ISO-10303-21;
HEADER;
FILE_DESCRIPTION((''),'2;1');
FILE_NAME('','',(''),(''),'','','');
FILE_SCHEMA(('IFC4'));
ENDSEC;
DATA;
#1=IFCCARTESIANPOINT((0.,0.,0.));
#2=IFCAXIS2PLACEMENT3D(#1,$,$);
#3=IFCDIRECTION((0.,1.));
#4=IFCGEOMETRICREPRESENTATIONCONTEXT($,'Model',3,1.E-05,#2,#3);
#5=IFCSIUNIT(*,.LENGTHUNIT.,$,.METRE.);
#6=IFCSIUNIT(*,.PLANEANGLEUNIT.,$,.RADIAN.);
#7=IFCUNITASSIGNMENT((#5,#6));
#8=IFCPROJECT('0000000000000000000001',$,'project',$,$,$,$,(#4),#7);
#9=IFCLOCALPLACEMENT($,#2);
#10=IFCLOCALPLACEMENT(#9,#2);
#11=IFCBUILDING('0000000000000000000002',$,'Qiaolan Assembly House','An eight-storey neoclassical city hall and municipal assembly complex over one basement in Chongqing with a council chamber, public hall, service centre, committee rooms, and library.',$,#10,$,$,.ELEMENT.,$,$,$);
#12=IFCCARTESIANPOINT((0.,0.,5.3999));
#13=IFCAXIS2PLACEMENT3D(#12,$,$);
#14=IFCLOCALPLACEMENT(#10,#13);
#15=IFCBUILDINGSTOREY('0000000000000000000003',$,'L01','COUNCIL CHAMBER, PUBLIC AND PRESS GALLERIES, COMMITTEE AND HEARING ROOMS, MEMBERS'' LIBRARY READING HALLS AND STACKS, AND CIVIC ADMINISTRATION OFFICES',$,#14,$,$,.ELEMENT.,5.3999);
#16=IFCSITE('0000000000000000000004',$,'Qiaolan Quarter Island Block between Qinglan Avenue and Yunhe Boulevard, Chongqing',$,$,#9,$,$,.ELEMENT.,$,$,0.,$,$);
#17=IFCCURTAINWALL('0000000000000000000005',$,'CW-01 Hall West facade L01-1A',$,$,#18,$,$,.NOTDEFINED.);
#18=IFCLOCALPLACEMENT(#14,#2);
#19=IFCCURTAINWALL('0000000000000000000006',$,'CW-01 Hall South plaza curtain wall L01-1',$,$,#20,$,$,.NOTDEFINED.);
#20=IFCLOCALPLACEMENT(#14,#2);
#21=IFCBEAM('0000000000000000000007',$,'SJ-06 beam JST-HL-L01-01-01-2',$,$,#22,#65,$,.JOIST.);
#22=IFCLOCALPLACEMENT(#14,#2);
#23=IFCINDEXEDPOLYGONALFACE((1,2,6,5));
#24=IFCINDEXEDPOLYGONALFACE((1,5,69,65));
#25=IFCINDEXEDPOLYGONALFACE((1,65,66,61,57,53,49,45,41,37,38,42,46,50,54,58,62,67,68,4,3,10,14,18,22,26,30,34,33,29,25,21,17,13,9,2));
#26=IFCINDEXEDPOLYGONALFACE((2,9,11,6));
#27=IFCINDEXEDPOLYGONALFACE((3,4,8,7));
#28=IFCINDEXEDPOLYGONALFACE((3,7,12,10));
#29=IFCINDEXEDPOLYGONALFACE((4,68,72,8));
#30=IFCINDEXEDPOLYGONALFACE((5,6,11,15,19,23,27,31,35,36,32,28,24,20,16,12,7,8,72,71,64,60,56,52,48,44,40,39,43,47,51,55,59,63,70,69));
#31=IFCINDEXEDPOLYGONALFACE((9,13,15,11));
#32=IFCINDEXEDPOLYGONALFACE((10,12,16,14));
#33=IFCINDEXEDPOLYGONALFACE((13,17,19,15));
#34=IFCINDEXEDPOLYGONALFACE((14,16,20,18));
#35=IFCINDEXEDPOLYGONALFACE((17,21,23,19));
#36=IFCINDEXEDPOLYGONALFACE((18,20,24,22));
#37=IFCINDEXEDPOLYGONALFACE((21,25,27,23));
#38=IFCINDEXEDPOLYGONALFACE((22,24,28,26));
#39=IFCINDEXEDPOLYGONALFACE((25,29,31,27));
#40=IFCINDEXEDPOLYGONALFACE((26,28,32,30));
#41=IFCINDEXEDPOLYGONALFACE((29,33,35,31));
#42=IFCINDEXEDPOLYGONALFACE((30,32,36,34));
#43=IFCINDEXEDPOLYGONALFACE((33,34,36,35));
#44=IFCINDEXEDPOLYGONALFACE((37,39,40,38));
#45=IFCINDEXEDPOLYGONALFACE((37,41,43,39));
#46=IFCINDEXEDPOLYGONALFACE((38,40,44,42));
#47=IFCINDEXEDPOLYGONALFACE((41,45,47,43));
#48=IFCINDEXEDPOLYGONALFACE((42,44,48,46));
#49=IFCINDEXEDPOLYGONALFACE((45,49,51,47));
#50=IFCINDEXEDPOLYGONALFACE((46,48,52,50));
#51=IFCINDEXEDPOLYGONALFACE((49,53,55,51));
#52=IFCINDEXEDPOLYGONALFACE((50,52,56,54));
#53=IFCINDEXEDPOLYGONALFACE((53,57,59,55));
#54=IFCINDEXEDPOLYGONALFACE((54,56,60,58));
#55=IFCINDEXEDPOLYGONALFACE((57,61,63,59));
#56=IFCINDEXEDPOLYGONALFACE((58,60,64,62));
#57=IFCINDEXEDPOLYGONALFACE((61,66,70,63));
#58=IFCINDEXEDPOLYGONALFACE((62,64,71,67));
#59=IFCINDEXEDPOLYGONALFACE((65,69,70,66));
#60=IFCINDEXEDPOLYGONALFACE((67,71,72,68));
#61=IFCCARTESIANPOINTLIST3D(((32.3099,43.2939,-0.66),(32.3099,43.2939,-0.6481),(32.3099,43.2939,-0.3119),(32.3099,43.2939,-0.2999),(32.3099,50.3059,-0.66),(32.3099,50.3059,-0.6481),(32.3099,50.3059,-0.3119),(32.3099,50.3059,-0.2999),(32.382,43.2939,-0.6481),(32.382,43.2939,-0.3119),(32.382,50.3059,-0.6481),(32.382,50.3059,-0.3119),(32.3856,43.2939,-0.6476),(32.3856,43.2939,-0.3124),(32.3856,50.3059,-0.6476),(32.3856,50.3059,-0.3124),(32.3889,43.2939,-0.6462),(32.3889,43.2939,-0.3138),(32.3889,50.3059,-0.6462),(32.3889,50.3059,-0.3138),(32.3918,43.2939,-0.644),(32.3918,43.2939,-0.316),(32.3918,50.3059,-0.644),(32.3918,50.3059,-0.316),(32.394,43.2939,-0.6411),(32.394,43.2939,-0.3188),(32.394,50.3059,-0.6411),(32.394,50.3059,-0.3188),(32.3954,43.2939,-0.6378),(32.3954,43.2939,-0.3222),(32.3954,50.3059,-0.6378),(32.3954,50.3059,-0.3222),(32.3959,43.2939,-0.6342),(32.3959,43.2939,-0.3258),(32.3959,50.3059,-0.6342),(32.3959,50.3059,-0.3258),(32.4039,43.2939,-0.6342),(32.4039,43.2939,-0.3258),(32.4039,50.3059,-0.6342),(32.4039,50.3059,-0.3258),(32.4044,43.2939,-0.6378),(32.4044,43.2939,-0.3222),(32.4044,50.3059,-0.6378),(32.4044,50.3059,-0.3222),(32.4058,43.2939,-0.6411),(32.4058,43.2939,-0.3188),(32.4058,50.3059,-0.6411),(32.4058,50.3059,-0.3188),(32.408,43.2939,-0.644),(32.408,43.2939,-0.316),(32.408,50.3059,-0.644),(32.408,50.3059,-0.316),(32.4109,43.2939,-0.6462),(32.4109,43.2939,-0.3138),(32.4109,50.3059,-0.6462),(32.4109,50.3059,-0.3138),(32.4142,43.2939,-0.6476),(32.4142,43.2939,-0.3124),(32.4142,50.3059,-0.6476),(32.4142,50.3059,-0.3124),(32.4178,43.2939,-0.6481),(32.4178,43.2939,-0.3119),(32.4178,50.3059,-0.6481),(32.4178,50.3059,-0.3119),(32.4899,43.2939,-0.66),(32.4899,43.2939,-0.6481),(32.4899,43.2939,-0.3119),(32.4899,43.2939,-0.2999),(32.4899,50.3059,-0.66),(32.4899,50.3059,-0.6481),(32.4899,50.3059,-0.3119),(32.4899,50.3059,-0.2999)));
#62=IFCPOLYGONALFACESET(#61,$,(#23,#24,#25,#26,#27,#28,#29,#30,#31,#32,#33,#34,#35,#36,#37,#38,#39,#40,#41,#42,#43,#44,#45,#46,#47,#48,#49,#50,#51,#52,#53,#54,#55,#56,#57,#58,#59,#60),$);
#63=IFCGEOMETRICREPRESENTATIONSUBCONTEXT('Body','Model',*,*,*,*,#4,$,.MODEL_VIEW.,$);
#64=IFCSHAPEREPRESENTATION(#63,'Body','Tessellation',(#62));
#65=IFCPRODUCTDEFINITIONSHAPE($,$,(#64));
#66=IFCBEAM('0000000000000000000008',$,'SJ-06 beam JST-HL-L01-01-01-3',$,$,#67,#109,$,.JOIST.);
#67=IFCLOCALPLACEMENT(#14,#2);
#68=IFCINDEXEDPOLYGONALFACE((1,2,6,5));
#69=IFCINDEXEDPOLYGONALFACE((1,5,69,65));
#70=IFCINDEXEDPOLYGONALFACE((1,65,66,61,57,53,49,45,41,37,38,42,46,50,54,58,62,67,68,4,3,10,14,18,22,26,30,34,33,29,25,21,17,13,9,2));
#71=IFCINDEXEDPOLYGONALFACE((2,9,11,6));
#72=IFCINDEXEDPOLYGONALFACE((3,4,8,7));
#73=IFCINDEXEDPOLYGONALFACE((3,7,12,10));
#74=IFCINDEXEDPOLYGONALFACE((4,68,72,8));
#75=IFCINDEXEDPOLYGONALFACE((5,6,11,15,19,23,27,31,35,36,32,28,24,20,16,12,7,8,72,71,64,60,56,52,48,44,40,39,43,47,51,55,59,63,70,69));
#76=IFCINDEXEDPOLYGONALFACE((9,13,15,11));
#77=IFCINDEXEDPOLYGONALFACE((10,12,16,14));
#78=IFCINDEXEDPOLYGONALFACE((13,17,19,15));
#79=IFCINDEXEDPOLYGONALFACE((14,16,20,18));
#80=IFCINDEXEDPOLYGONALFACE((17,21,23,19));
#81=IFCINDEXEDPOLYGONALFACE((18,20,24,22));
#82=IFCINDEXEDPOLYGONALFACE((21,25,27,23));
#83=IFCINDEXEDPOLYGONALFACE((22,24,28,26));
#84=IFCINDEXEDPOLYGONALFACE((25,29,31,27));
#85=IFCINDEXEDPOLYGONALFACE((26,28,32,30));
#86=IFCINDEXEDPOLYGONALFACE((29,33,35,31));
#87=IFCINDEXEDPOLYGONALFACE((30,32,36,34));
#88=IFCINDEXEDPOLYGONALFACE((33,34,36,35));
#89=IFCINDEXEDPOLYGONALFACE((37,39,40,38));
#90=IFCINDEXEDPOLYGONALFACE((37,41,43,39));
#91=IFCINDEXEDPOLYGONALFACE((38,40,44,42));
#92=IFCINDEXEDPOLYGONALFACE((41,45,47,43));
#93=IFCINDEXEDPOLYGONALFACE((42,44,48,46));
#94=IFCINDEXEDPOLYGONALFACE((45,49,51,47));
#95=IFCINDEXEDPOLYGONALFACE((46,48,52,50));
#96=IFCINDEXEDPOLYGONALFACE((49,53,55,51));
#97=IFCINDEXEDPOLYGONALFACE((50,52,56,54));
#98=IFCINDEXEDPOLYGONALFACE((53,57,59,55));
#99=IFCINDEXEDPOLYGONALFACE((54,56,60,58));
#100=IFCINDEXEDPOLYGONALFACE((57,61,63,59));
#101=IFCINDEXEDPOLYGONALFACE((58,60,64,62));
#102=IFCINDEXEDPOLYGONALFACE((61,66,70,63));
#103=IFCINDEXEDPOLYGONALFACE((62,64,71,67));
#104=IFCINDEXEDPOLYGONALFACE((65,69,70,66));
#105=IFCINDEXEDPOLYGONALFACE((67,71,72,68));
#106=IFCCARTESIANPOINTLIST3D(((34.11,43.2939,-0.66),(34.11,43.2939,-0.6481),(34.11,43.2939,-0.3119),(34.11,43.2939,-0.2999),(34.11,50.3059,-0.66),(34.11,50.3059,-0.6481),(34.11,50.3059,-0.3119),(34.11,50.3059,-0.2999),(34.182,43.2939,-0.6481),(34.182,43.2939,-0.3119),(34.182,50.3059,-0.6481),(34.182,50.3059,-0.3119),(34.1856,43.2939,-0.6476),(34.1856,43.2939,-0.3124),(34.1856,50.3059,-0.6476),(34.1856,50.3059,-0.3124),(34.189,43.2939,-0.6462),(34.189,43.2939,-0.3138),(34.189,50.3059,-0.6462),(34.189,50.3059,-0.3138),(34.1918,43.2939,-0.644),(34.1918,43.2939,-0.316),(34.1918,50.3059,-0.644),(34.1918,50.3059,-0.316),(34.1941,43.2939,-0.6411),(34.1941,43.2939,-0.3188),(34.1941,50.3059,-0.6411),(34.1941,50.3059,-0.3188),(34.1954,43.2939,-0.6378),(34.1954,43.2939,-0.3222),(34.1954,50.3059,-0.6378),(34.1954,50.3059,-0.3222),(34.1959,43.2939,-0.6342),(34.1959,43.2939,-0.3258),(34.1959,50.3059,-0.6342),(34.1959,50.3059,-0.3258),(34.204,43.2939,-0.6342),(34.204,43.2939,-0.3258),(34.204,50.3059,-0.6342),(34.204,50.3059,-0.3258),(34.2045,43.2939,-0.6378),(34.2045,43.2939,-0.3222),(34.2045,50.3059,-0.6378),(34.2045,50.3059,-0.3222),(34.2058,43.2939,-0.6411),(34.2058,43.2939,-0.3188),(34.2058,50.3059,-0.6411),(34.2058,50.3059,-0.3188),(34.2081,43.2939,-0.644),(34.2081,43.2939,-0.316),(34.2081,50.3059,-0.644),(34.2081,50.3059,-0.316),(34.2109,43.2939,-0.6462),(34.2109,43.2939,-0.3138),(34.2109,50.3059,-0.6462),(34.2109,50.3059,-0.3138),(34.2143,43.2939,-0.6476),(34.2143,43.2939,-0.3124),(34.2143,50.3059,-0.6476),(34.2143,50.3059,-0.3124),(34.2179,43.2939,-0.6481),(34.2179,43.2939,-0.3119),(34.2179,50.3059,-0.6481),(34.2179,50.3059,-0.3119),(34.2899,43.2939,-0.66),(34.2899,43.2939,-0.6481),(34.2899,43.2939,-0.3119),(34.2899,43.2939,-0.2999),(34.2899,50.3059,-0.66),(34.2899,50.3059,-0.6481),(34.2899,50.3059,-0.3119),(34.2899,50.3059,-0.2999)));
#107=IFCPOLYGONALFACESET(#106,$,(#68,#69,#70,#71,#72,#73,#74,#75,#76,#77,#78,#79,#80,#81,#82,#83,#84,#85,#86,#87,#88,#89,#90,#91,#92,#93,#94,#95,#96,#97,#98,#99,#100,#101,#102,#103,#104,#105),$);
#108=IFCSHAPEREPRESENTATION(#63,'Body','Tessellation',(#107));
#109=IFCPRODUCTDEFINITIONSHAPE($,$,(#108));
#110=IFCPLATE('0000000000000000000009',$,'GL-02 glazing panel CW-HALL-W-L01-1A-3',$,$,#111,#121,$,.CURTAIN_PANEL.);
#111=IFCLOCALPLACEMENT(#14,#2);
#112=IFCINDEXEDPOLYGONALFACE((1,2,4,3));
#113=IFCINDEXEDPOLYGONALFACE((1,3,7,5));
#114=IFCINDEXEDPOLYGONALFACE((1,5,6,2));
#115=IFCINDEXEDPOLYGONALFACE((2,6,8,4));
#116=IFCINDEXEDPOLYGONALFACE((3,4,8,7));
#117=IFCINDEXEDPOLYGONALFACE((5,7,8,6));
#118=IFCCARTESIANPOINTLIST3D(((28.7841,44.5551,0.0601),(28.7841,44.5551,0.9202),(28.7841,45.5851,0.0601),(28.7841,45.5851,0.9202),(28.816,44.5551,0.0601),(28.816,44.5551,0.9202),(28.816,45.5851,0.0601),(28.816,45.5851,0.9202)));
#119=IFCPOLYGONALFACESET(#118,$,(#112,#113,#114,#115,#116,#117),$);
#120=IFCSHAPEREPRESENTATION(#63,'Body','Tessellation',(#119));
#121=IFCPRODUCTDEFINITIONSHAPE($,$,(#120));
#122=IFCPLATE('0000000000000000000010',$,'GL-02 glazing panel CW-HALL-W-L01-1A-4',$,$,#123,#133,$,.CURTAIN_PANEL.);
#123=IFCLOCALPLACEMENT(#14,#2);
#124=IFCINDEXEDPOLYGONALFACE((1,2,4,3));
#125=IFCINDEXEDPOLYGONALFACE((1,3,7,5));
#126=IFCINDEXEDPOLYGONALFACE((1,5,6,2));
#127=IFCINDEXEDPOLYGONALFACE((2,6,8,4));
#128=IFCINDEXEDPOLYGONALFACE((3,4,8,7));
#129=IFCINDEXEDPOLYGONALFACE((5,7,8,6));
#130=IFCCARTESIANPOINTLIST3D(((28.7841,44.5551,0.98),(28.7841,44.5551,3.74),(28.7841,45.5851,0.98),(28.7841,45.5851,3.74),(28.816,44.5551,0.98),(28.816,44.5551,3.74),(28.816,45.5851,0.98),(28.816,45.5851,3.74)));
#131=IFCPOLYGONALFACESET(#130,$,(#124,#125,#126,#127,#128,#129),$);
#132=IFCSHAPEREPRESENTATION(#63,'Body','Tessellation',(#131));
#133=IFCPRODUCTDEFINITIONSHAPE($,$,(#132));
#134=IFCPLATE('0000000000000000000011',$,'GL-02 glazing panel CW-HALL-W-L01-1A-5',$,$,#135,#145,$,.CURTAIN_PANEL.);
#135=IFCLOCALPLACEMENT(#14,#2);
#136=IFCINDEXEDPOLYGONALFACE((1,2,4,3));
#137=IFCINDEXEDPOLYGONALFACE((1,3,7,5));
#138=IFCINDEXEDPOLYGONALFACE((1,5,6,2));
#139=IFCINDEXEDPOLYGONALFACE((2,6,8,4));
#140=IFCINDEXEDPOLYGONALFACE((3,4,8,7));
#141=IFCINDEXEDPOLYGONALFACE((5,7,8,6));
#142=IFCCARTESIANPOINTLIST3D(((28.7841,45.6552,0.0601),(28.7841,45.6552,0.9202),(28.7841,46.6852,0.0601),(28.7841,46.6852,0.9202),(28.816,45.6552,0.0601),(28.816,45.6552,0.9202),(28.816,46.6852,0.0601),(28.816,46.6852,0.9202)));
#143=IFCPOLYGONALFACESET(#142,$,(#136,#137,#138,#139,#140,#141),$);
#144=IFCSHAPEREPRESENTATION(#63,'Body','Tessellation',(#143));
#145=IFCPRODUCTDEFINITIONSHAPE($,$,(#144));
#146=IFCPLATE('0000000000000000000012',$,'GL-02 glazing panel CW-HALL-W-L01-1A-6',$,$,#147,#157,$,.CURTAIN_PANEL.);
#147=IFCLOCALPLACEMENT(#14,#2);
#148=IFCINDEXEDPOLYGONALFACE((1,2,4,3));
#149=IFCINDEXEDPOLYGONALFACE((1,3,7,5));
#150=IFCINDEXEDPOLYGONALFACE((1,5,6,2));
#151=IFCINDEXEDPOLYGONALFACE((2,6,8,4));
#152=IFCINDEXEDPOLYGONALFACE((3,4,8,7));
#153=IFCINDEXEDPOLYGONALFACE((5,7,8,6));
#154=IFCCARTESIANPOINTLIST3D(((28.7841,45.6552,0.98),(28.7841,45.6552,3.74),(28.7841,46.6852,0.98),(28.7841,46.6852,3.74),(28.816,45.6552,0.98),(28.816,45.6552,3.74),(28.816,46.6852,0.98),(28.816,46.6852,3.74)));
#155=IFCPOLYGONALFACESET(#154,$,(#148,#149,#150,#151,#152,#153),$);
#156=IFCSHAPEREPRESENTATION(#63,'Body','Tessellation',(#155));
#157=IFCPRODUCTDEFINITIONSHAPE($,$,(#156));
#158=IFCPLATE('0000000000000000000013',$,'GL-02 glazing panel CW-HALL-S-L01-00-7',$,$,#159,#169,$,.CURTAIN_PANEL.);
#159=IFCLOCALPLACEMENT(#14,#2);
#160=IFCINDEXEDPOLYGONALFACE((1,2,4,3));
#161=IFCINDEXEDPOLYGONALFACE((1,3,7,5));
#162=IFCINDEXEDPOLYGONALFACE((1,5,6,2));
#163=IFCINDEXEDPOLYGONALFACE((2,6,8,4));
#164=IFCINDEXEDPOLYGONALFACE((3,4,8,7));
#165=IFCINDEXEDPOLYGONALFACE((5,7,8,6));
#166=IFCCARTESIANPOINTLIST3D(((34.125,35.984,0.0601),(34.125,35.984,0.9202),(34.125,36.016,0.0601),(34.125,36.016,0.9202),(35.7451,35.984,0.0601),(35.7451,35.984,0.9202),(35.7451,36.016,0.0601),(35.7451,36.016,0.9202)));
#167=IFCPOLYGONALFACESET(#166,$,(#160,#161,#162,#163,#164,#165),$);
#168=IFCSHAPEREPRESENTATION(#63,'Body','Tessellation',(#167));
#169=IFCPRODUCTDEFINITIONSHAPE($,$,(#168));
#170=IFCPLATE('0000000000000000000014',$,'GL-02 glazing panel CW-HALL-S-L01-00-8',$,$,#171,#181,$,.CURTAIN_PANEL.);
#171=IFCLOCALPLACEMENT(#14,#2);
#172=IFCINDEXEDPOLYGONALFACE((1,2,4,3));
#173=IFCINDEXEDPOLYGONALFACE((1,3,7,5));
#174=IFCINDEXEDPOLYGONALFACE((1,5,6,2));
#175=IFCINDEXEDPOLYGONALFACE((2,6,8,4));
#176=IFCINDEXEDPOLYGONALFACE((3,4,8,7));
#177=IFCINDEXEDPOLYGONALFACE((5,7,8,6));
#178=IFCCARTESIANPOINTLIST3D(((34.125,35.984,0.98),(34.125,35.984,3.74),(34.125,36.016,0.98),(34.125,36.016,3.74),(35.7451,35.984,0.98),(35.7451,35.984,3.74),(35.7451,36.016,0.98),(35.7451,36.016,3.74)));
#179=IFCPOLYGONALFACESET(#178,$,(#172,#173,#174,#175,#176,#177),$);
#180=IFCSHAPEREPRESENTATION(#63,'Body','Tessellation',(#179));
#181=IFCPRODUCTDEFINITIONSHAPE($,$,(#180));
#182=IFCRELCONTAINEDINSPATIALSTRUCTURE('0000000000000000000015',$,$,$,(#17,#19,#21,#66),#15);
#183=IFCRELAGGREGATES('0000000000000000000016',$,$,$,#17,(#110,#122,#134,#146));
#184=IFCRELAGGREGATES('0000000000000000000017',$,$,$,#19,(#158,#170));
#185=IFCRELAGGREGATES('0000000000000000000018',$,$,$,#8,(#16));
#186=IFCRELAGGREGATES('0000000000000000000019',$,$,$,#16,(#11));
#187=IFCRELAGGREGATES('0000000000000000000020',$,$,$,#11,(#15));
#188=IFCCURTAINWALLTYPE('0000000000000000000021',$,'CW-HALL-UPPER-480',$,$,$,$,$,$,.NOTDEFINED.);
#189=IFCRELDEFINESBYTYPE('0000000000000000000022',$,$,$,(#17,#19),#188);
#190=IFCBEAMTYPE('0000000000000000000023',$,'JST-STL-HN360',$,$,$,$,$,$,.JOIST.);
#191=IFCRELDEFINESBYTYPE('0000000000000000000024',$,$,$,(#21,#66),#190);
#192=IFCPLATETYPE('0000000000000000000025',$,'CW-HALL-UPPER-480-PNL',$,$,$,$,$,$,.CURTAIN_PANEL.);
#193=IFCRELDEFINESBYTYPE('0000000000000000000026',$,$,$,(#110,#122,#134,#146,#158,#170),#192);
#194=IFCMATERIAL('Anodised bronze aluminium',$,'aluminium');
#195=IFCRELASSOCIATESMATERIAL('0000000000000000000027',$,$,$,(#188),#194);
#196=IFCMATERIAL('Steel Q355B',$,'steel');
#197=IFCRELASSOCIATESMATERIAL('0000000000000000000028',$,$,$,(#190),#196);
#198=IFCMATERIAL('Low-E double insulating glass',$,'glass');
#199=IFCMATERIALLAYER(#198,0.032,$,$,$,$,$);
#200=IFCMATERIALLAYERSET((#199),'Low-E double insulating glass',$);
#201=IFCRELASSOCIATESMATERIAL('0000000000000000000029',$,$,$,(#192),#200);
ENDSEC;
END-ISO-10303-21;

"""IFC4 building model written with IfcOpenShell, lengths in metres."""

from ifc_helpers import new_model, si_unit, direction, frame, frame_2d, origin, origin_2d, place, context, subcontext, project, spatial, rectangle, i_section, extrude, material, layer, layer_set, material_profile, profile_set, type_object, element, aggregate, save


model = new_model("IFC4")

# Units and contexts
model_context = context("Model", 3, precision=1e-05, world=origin(), true_north=direction((0.0, 1.0)))
body_context = subcontext(model_context, "Body", "Model", "MODEL_VIEW")
ifc_project = project(units=[si_unit("LENGTHUNIT", "METRE"), si_unit("PLANEANGLEUNIT", "RADIAN")], contexts=[model_context])

# Site, building, storey
site_placement = place(None, origin())
site = spatial("IfcSite", under=ifc_project, at=site_placement, Name="Qiaolan Quarter Island Block between Qinglan Avenue and Yunhe Boulevard, Chongqing", CompositionType="ELEMENT", RefElevation=0.0)
building_placement = place(site_placement, origin())
building = spatial("IfcBuilding", under=site, at=building_placement, Name="Qiaolan Assembly House", Description="An eight-storey neoclassical city hall and municipal assembly complex over one basement in Chongqing with a council chamber, public hall, service centre, committee rooms, and library.", CompositionType="ELEMENT")
storey_placement = place(building_placement, frame((0.0, 0.0, 5.3999)))
storey = spatial("IfcBuildingStorey", under=building, at=storey_placement, Name="L01", Description="COUNCIL CHAMBER, PUBLIC AND PRESS GALLERIES, COMMITTEE AND HEARING ROOMS, MEMBERS' LIBRARY READING HALLS AND STACKS, AND CIVIC ADMINISTRATION OFFICES", CompositionType="ELEMENT", Elevation=5.3999)

# Shared definitions
ifc_material_1 = material(Name="Steel Q355B", Category="steel")

# Curtain walls
ifc_material_2 = material(Name="Anodised bronze aluminium", Category="aluminium")
curtain_wall_type = type_object("IfcCurtainWallType", Name="CW-HALL-UPPER-480", PredefinedType="NOTDEFINED", material=ifc_material_2)
curtain_wall_1_placement = place(storey_placement, origin())
curtain_wall_1 = element("IfcCurtainWall", 1, at=curtain_wall_1_placement, inside=storey, type_object=curtain_wall_type, Name="CW-01 Hall West facade L01-1A", PredefinedType="NOTDEFINED")
curtain_wall_2_placement = place(storey_placement, origin())
curtain_wall_2 = element("IfcCurtainWall", 2, at=curtain_wall_2_placement, inside=storey, type_object=curtain_wall_type, Name="CW-01 Hall South plaza curtain wall L01-1", PredefinedType="NOTDEFINED")

# Beams
ifc_material_profile_1 = material_profile(ifc_material_1, i_section(OverallWidth=0.1799, OverallDepth=0.3601, WebThickness=0.0081, FlangeThickness=0.012, FilletRadius=0.0139, at=origin_2d()), Name="HN 360x180x8x12")
ifc_profile_set_1 = profile_set([ifc_material_profile_1], Name="Steel Q355B")
beam_type_1 = type_object("IfcBeamType", Name="JST-STL-HN360", PredefinedType="JOIST", material=ifc_profile_set_1)
for number, where, z_axis, x_axis, name in (
    (3, (32.3999, 43.2939, -0.48), (0.0, 1.0, 0.0), (-1.0, 0.0, 0.0), "SJ-06 beam JST-HL-L01-01-01-2"),
    (4, (34.2, 43.2939, -0.48), (0.0, 1.0, 0.0), (-1.0, 0.0, 0.0), "SJ-06 beam JST-HL-L01-01-01-3"),
):
    element("IfcBeam", number, at=place(storey_placement, frame(where, z_axis=z_axis, x_axis=x_axis)), inside=storey, type_object=beam_type_1, Name=name, PredefinedType="JOIST", context=body_context, shape_type="SweptSolid", body=[
        extrude(i_section(OverallWidth=0.1799, OverallDepth=0.3601, WebThickness=0.0081, FlangeThickness=0.012, FilletRadius=0.0139, at=origin_2d()), origin(), (0.0, 0.0, 1.0), 7.012),
    ])

# Plates
ifc_material_3 = material(Name="Low-E double insulating glass", Category="glass")
ifc_layer = layer(ifc_material_3, 0.032)
ifc_layer_set = layer_set([ifc_layer], Name="Low-E double insulating glass")
plate_type = type_object("IfcPlateType", Name="CW-HALL-UPPER-480-PNL", PredefinedType="CURTAIN_PANEL", material=ifc_layer_set)
plate_1_placement = place(storey_placement, frame((28.8, 44.5549, 0.0601), z_axis=(0.0, 0.0, 1.0), x_axis=(0.0, 1.0, 0.0)))
plate_1 = element("IfcPlate", 5, at=plate_1_placement, type_object=plate_type, Name="GL-02 glazing panel CW-HALL-W-L01-1A-3", PredefinedType="CURTAIN_PANEL", context=body_context, shape_type="SweptSolid", body=[
    extrude(rectangle(XDim=1.03, YDim=0.032, at=frame_2d((0.5151, 0.0))), origin(), (0.0, 0.0, 1.0), 0.8601),
])
plate_2_placement = place(storey_placement, frame((28.8, 44.5549, 0.98), z_axis=(0.0, 0.0, 1.0), x_axis=(0.0, 1.0, 0.0)))
plate_2 = element("IfcPlate", 6, at=plate_2_placement, type_object=plate_type, Name="GL-02 glazing panel CW-HALL-W-L01-1A-4", PredefinedType="CURTAIN_PANEL", context=body_context, shape_type="SweptSolid", body=[
    extrude(rectangle(XDim=1.03, YDim=0.032, at=frame_2d((0.5151, 0.0))), origin(), (0.0, 0.0, 1.0), 2.76),
])
plate_3_placement = place(storey_placement, frame((28.8, 45.655, 0.0601), z_axis=(0.0, 0.0, 1.0), x_axis=(0.0, 1.0, 0.0)))
plate_3 = element("IfcPlate", 7, at=plate_3_placement, type_object=plate_type, Name="GL-02 glazing panel CW-HALL-W-L01-1A-5", PredefinedType="CURTAIN_PANEL", context=body_context, shape_type="SweptSolid", body=[
    extrude(rectangle(XDim=1.03, YDim=0.032, at=frame_2d((0.5151, 0.0))), origin(), (0.0, 0.0, 1.0), 0.8601),
])
plate_4_placement = place(storey_placement, frame((28.8, 45.655, 0.98), z_axis=(0.0, 0.0, 1.0), x_axis=(0.0, 1.0, 0.0)))
plate_4 = element("IfcPlate", 8, at=plate_4_placement, type_object=plate_type, Name="GL-02 glazing panel CW-HALL-W-L01-1A-6", PredefinedType="CURTAIN_PANEL", context=body_context, shape_type="SweptSolid", body=[
    extrude(rectangle(XDim=1.03, YDim=0.032, at=frame_2d((0.5151, 0.0))), origin(), (0.0, 0.0, 1.0), 2.76),
])
aggregate(curtain_wall_1, [plate_1, plate_2, plate_3, plate_4])
plate_5_placement = place(storey_placement, frame((34.125, 36.0, 0.0601), z_axis=(0.0, 0.0, 1.0), x_axis=(1.0, 0.0, 0.0)))
plate_5 = element("IfcPlate", 9, at=plate_5_placement, type_object=plate_type, Name="GL-02 glazing panel CW-HALL-S-L01-00-7", PredefinedType="CURTAIN_PANEL", context=body_context, shape_type="SweptSolid", body=[
    extrude(rectangle(XDim=1.6201, YDim=0.032, at=frame_2d((0.8101, 0.0))), origin(), (0.0, 0.0, 1.0), 0.8601),
])
plate_6_placement = place(storey_placement, frame((34.125, 36.0, 0.98), z_axis=(0.0, 0.0, 1.0), x_axis=(1.0, 0.0, 0.0)))
plate_6 = element("IfcPlate", 10, at=plate_6_placement, type_object=plate_type, Name="GL-02 glazing panel CW-HALL-S-L01-00-8", PredefinedType="CURTAIN_PANEL", context=body_context, shape_type="SweptSolid", body=[
    extrude(rectangle(XDim=1.6201, YDim=0.032, at=frame_2d((0.8101, 0.0))), origin(), (0.0, 0.0, 1.0), 2.76),
])
aggregate(curtain_wall_2, [plate_5, plate_6])

save(model, "model.ifc")
